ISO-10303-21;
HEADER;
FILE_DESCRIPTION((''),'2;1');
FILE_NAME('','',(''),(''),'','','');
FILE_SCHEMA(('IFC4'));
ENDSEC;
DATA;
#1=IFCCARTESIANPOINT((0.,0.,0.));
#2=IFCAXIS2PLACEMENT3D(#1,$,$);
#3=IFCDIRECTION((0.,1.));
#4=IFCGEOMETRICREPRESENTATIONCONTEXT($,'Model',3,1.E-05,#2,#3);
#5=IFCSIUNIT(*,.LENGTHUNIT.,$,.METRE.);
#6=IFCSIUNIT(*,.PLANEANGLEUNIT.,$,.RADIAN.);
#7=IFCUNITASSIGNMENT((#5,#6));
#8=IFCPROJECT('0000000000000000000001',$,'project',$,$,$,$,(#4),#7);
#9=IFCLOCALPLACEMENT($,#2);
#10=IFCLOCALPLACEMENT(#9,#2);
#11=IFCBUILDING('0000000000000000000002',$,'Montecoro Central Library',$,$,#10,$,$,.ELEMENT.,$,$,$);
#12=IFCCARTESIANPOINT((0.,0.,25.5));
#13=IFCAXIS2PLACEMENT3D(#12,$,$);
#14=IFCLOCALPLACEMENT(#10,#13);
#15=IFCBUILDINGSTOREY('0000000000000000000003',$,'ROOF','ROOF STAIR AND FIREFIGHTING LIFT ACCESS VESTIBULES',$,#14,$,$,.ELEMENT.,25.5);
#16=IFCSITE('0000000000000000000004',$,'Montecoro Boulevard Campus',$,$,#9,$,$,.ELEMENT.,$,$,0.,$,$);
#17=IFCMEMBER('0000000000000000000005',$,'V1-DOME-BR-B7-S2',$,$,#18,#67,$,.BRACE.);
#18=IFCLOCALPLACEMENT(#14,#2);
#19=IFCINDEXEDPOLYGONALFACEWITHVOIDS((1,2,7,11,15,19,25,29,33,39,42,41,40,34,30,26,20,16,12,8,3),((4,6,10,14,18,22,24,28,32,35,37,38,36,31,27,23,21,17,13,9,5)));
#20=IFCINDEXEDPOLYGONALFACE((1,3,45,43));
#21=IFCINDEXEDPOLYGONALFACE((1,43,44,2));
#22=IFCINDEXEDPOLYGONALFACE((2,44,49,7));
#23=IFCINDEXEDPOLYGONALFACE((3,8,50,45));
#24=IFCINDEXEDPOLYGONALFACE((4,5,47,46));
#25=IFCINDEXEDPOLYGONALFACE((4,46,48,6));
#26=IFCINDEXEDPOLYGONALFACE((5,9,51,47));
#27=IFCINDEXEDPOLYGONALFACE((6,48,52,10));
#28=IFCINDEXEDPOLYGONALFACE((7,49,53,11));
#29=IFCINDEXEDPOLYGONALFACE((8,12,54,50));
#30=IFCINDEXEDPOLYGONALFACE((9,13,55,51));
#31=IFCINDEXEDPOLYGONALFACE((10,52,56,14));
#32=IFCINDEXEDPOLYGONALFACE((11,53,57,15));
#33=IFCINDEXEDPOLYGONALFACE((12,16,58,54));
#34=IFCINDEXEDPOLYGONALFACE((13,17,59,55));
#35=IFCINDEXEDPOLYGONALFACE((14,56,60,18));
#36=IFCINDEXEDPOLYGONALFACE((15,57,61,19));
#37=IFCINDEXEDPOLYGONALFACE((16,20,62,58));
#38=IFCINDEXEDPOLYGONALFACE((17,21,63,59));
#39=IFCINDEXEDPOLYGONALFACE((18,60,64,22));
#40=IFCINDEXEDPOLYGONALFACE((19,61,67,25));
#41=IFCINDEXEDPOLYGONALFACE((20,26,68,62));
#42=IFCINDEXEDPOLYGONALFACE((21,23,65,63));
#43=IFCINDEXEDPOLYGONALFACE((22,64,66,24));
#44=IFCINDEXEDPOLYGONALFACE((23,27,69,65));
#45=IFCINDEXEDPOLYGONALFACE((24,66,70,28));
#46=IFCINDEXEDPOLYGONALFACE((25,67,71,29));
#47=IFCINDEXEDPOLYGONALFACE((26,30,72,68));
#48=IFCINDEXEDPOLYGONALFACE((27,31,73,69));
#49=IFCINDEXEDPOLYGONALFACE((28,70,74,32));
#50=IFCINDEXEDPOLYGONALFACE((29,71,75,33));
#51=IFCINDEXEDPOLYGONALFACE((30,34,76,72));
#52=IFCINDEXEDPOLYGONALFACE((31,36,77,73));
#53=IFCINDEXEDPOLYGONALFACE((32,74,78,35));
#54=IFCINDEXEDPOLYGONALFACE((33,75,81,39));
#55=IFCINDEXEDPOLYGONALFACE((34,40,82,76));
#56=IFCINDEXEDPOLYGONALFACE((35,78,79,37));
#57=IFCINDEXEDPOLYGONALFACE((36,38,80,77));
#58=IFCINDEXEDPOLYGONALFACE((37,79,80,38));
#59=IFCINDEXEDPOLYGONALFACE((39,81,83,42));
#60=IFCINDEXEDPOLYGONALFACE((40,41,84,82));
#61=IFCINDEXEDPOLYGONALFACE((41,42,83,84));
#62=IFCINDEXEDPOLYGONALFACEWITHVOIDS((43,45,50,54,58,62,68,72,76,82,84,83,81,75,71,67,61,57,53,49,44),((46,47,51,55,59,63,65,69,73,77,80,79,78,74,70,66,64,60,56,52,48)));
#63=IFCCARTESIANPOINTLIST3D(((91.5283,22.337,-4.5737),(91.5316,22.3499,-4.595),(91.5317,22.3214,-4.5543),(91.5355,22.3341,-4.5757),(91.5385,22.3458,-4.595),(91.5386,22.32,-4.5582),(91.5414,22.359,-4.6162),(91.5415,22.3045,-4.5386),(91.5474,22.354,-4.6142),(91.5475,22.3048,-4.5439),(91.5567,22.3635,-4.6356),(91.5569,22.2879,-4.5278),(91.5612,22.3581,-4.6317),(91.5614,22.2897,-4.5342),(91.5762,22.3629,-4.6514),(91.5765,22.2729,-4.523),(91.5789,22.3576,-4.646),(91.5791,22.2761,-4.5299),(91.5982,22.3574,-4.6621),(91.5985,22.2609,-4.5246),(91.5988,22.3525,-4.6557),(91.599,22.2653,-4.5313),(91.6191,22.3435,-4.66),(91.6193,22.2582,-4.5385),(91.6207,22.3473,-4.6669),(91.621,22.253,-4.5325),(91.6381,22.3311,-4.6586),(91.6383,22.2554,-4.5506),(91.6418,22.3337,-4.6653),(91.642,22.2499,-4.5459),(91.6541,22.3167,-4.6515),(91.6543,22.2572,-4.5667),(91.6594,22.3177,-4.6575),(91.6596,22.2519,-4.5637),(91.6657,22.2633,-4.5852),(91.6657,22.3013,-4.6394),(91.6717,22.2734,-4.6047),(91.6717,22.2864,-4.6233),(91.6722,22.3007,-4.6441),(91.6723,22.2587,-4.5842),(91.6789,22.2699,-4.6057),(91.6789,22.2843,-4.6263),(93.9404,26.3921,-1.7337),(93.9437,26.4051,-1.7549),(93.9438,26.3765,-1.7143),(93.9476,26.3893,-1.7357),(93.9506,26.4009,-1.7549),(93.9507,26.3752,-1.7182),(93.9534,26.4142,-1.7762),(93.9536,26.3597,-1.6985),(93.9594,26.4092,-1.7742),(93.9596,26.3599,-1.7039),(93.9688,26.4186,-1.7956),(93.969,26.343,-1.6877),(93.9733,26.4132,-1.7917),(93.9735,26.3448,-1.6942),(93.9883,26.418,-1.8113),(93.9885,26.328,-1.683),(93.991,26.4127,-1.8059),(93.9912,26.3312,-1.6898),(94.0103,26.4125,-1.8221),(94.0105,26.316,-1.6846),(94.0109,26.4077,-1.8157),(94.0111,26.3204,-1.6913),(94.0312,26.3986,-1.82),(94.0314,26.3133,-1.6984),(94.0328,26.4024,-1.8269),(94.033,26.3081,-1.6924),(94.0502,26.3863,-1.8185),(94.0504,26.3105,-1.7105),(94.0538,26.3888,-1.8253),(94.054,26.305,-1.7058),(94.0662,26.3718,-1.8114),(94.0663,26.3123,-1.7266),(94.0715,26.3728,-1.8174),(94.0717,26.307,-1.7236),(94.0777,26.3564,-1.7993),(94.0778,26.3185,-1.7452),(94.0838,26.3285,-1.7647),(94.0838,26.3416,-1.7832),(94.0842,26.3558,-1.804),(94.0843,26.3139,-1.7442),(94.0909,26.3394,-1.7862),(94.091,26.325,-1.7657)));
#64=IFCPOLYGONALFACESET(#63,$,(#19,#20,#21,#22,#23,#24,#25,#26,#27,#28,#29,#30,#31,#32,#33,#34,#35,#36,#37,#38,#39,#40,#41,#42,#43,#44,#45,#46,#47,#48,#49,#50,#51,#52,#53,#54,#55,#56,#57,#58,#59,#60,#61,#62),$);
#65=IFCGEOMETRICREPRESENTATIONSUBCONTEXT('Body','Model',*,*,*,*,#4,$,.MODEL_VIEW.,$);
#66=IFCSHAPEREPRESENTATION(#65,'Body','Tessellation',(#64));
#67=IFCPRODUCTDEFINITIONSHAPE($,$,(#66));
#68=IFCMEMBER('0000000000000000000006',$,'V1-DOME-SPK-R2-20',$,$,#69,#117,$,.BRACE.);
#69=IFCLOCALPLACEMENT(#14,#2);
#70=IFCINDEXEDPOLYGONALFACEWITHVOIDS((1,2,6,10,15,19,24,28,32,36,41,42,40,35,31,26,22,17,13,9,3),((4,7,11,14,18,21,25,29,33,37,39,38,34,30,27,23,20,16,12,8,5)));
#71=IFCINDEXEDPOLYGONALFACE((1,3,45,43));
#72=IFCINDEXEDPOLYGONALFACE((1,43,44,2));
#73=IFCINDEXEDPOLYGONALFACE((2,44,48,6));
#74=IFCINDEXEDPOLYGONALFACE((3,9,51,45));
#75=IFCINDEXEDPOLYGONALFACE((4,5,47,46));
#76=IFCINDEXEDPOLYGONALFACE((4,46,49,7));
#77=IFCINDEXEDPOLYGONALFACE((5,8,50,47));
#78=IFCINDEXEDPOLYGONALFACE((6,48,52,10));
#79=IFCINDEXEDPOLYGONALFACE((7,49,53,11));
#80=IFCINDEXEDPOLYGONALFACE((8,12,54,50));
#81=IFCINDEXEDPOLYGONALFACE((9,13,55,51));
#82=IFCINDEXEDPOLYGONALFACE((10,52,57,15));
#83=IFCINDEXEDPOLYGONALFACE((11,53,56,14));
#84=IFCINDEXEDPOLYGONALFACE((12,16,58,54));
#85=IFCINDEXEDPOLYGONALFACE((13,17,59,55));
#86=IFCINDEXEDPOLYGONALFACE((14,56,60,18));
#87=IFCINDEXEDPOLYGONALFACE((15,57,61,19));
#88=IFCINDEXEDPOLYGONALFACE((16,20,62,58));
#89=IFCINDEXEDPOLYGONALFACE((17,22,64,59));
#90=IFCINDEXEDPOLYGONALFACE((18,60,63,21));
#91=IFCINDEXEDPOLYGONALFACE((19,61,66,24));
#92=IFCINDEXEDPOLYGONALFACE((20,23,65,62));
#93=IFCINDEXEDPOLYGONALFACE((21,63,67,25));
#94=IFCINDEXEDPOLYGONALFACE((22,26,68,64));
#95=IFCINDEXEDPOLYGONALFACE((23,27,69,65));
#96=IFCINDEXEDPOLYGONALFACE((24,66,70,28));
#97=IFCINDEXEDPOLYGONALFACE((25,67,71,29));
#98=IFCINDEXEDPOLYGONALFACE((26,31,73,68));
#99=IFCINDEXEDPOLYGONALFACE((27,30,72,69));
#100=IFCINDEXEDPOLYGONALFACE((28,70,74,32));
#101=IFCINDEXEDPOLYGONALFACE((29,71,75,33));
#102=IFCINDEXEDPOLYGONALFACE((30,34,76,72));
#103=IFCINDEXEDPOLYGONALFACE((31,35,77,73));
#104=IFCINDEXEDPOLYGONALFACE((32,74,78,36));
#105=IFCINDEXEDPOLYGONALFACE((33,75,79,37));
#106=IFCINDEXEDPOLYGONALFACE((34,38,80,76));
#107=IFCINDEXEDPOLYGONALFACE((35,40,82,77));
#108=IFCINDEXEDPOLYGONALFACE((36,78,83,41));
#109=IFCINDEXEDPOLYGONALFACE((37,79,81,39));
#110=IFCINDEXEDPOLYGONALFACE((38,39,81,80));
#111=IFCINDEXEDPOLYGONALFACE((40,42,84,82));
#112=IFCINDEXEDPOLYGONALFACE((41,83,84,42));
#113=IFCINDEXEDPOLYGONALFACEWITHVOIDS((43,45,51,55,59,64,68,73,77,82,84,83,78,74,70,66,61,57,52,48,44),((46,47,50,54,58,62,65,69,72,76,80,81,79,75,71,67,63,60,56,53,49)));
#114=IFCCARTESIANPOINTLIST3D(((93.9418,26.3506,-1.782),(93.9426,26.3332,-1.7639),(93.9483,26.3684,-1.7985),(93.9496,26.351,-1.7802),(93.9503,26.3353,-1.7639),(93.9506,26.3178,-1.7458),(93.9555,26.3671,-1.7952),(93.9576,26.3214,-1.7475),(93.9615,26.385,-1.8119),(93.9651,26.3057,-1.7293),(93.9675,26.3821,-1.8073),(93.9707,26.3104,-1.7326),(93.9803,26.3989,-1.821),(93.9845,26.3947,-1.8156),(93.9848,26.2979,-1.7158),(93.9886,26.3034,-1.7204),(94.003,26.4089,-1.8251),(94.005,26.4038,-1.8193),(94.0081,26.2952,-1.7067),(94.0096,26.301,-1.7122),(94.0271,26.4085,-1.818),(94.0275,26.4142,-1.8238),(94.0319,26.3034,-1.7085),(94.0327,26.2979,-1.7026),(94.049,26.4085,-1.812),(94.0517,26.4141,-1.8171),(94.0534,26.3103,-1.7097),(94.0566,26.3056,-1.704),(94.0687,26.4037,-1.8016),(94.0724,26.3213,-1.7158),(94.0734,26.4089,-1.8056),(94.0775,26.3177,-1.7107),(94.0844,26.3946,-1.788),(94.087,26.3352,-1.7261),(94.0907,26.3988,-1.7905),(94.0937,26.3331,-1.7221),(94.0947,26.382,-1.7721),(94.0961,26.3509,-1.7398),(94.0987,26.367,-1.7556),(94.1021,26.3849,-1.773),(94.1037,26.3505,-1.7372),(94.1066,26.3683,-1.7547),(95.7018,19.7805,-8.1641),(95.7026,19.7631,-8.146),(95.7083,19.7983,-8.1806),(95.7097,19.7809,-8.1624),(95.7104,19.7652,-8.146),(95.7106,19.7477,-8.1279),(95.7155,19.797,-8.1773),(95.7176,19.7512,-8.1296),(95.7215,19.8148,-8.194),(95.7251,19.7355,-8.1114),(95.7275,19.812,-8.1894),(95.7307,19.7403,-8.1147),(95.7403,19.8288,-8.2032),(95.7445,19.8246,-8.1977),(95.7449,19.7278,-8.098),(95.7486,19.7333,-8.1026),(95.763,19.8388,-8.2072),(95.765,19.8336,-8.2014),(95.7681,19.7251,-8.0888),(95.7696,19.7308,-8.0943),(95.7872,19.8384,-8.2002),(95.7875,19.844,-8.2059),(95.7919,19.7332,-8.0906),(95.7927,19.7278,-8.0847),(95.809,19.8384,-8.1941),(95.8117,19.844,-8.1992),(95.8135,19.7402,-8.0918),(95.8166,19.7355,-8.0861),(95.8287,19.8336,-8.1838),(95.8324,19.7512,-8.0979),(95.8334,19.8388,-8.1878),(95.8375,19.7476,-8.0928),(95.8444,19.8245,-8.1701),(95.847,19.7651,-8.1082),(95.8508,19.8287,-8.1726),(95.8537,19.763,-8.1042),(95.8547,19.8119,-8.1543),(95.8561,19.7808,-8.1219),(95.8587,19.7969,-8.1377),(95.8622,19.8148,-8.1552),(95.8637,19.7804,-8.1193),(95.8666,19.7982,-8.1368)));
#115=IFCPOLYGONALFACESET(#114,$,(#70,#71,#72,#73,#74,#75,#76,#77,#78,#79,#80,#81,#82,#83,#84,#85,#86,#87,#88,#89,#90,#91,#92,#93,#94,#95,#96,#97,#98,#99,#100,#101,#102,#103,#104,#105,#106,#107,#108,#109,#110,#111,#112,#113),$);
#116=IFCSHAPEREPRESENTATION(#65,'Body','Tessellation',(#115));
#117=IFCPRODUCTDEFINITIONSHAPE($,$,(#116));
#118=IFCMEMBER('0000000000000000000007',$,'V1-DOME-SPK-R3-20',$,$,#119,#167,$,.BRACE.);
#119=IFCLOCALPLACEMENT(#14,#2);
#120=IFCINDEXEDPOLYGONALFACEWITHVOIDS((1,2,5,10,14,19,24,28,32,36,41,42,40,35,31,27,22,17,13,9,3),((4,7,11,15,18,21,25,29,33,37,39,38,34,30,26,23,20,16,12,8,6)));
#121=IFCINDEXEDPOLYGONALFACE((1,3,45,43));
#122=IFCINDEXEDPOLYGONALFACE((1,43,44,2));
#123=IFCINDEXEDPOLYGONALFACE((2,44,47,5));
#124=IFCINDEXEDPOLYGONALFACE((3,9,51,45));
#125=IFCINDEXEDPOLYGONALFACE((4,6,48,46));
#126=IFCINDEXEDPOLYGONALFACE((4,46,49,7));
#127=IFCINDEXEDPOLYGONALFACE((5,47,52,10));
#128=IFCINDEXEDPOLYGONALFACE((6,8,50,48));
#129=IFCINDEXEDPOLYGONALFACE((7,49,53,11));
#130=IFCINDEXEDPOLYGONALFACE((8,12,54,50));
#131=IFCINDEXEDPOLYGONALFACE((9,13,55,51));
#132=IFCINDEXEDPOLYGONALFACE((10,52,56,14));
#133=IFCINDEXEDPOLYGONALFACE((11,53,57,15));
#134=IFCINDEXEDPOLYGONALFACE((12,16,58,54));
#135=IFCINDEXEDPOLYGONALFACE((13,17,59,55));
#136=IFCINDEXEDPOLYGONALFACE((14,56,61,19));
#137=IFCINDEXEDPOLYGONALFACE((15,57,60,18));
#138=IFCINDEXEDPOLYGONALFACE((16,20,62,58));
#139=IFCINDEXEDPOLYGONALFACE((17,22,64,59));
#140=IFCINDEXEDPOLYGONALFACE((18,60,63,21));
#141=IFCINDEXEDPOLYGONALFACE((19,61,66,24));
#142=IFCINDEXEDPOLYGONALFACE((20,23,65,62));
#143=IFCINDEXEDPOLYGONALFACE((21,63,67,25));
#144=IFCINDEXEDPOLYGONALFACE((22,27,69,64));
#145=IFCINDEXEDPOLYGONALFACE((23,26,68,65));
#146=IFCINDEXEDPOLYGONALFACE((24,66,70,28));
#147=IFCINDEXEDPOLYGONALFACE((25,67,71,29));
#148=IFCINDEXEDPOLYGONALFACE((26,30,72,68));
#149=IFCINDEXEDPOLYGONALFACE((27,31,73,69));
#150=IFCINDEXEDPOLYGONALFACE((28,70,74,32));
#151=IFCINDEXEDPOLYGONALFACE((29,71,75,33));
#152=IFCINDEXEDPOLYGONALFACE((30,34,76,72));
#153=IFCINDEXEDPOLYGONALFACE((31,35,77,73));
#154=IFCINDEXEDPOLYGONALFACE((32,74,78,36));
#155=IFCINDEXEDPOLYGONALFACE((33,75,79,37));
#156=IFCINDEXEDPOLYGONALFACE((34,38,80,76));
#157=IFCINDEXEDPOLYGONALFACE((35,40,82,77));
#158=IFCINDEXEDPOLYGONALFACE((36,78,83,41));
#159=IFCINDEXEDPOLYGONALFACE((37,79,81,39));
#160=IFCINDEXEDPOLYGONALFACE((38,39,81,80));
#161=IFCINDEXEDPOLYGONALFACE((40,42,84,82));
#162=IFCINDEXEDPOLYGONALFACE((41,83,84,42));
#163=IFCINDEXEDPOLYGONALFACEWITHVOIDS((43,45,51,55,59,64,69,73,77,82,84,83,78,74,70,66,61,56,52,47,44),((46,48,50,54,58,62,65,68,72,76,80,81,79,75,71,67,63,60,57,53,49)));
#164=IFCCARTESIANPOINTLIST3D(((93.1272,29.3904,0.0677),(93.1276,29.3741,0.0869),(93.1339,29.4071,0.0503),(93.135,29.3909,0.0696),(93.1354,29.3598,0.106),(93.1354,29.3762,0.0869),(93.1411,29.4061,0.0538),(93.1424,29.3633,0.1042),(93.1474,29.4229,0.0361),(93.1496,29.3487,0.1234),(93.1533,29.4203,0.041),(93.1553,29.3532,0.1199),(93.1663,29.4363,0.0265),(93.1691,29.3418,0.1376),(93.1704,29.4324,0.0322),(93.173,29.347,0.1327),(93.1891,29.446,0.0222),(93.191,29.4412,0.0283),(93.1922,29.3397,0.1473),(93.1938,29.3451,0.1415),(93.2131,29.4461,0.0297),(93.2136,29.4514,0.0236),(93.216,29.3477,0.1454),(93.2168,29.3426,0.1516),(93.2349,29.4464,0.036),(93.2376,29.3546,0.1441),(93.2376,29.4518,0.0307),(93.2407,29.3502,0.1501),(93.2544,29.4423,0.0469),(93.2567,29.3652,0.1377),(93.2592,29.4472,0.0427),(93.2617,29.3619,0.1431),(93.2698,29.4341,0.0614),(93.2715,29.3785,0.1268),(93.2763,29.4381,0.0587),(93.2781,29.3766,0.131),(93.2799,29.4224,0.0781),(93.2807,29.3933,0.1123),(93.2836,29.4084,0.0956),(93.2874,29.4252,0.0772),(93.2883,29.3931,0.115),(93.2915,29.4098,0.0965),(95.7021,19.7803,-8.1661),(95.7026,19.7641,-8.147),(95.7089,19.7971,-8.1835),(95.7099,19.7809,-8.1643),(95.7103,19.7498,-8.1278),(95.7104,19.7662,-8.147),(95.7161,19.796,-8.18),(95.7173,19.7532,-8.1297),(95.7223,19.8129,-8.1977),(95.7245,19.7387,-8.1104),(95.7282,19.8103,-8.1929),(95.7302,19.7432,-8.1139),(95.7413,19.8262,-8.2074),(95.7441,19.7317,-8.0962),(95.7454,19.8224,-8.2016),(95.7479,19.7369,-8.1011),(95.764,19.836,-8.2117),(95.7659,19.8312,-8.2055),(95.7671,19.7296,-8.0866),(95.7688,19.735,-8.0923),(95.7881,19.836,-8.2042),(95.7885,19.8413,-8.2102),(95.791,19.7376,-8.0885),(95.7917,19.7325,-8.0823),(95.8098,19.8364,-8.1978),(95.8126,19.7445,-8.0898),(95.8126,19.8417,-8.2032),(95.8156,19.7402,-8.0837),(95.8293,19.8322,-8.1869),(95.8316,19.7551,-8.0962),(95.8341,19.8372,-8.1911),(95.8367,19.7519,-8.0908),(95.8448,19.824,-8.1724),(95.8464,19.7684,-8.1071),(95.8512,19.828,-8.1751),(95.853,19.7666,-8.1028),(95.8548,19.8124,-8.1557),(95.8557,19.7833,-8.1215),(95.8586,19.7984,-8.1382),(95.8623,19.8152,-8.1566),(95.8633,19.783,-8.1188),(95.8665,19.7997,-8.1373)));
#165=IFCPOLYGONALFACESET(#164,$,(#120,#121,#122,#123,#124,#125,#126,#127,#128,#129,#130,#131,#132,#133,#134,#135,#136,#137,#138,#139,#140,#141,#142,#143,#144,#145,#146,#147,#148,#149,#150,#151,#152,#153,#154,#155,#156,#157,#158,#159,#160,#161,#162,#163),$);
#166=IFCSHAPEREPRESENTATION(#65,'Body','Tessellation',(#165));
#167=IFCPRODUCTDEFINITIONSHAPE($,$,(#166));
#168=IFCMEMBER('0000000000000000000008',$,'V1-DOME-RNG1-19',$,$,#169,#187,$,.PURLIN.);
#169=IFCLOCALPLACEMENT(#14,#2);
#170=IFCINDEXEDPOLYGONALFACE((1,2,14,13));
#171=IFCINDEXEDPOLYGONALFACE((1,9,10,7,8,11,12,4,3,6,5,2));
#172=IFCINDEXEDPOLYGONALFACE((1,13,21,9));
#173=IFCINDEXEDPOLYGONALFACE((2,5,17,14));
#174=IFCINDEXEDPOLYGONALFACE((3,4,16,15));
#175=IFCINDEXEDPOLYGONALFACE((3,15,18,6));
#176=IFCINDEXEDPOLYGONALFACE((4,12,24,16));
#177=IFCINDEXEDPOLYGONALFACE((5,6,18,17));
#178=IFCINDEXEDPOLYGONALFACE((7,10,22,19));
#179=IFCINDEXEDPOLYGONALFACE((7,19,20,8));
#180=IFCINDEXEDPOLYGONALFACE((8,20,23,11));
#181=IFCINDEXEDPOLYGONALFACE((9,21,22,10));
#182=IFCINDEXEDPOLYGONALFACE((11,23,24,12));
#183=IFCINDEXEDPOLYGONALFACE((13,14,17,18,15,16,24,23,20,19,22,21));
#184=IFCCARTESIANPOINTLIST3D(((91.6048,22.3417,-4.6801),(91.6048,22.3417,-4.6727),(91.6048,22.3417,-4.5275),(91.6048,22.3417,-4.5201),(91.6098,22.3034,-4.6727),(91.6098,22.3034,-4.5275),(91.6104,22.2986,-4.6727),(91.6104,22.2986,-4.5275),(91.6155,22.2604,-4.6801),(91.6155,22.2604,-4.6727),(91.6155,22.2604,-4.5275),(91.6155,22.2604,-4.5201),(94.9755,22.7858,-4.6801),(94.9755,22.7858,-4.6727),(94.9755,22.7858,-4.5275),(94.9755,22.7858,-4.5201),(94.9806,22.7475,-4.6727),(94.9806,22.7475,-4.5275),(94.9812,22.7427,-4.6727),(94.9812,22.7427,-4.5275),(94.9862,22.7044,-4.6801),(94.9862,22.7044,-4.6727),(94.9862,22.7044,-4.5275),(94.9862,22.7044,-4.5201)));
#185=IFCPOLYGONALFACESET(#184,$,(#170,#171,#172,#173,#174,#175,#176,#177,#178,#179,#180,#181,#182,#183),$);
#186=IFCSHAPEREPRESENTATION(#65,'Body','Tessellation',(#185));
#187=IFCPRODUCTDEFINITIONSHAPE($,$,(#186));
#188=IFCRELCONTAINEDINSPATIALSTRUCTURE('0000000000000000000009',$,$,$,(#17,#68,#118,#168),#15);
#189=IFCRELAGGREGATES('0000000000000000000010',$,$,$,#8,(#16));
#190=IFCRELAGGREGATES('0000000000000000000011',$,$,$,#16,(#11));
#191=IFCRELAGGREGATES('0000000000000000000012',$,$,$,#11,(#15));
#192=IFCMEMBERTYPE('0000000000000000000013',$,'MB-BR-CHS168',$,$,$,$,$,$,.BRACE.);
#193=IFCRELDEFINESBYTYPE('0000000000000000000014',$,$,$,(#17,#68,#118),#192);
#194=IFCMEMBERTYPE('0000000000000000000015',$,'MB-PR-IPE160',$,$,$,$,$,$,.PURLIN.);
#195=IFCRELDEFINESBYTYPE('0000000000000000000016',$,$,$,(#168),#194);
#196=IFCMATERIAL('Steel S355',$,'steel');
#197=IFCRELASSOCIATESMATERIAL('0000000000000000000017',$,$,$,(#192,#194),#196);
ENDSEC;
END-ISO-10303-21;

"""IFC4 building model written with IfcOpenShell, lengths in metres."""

from ifc_helpers import new_model, si_unit, direction, frame, origin, origin_2d, place, context, subcontext, project, spatial, hollow_circle, i_section, extrude, material, material_profile, profile_set, type_object, element, save


model = new_model("IFC4")

# Units and contexts
model_context = context("Model", 3, precision=1e-05, world=origin(), true_north=direction((0.0, 1.0)))
body_context = subcontext(model_context, "Body", "Model", "MODEL_VIEW")
ifc_project = project(units=[si_unit("LENGTHUNIT", "METRE"), si_unit("PLANEANGLEUNIT", "RADIAN")], contexts=[model_context])

# Site, building, storey
site_placement = place(None, origin())
site = spatial("IfcSite", under=ifc_project, at=site_placement, Name="Montecoro Boulevard Campus", CompositionType="ELEMENT", RefElevation=0.0)
building_placement = place(site_placement, origin())
building = spatial("IfcBuilding", under=site, at=building_placement, Name="Montecoro Central Library", CompositionType="ELEMENT")
storey_placement = place(building_placement, frame((0.0, 0.0, 25.5)))
storey = spatial("IfcBuildingStorey", under=building, at=storey_placement, Name="ROOF", Description="ROOF STAIR AND FIREFIGHTING LIFT ACCESS VESTIBULES", CompositionType="ELEMENT", Elevation=25.5)

# Members
ifc_material_1 = material(Name="Steel S355", Category="steel")
ifc_material_profile_1 = material_profile(ifc_material_1, hollow_circle(Radius=0.0842, WallThickness=0.0081, at=origin_2d()), Name="CHS 168.3x8.0")
ifc_profile_set_1 = profile_set([ifc_material_profile_1], Name="Steel S355")
member_type_1 = type_object("IfcMemberType", Name="MB-BR-CHS168", PredefinedType="BRACE", material=ifc_profile_set_1)
member_1_placement = place(storey_placement, frame((91.604, 22.3069, -4.595), z_axis=(0.437995, 0.736346, 0.515708), x_axis=(-0.85945, 0.51122, 0.0)))
element("IfcMember", 1, at=member_1_placement, inside=storey, type_object=member_type_1, Name="V1-DOME-BR-B7-S2", PredefinedType="BRACE", context=body_context, shape_type="SweptSolid", body=[
    extrude(hollow_circle(Radius=0.0842, WallThickness=0.0081, at=origin_2d()), origin(), (0.0, 0.0, 1.0), 5.5071),
])
member_2_placement = place(storey_placement, frame((95.7839, 19.7849, -8.146), z_axis=(-0.188699, 0.704408, 0.684253), x_axis=(-0.965942, -0.258759, 0.0)))
element("IfcMember", 2, at=member_2_placement, inside=storey, type_object=member_type_1, Name="V1-DOME-SPK-R2-20", PredefinedType="BRACE", context=body_context, shape_type="SweptSolid", body=[
    extrude(hollow_circle(Radius=0.0842, WallThickness=0.0081, at=origin_2d()), origin(), (0.0, 0.0, 1.0), 9.3271),
])
member_3_placement = place(storey_placement, frame((95.7839, 19.7859, -8.147), z_axis=(-0.199386, 0.74414, 0.637575), x_axis=(-0.965928, -0.258813, 0.0)))
element("IfcMember", 3, at=member_3_placement, inside=storey, type_object=member_type_1, Name="V1-DOME-SPK-R3-20", PredefinedType="BRACE", context=body_context, shape_type="SweptSolid", body=[
    extrude(hollow_circle(Radius=0.0842, WallThickness=0.0081, at=origin_2d()), origin(), (0.0, 0.0, 1.0), 12.9143),
])
ifc_material_profile_2 = material_profile(ifc_material_1, i_section(OverallWidth=0.082, OverallDepth=0.1599, WebThickness=0.0049, FlangeThickness=0.0073, at=origin_2d()), Name="IPE 160")
ifc_profile_set_2 = profile_set([ifc_material_profile_2], Name="Steel S355")
member_type_2 = type_object("IfcMemberType", Name="MB-PR-IPE160", PredefinedType="PURLIN", material=ifc_profile_set_2)
member_4_placement = place(storey_placement, frame((91.6101, 22.301, -4.6001), z_axis=(0.991433, 0.130616, 0.0), x_axis=(-0.130616, 0.991433, 0.0)))
element("IfcMember", 4, at=member_4_placement, inside=storey, type_object=member_type_2, Name="V1-DOME-RNG1-19", PredefinedType="PURLIN", context=body_context, shape_type="SweptSolid", body=[
    extrude(i_section(OverallWidth=0.082, OverallDepth=0.1599, WebThickness=0.0049, FlangeThickness=0.0073, at=origin_2d()), origin(), (0.0, 0.0, 1.0), 3.3999),
])

save(model, "model.ifc")
